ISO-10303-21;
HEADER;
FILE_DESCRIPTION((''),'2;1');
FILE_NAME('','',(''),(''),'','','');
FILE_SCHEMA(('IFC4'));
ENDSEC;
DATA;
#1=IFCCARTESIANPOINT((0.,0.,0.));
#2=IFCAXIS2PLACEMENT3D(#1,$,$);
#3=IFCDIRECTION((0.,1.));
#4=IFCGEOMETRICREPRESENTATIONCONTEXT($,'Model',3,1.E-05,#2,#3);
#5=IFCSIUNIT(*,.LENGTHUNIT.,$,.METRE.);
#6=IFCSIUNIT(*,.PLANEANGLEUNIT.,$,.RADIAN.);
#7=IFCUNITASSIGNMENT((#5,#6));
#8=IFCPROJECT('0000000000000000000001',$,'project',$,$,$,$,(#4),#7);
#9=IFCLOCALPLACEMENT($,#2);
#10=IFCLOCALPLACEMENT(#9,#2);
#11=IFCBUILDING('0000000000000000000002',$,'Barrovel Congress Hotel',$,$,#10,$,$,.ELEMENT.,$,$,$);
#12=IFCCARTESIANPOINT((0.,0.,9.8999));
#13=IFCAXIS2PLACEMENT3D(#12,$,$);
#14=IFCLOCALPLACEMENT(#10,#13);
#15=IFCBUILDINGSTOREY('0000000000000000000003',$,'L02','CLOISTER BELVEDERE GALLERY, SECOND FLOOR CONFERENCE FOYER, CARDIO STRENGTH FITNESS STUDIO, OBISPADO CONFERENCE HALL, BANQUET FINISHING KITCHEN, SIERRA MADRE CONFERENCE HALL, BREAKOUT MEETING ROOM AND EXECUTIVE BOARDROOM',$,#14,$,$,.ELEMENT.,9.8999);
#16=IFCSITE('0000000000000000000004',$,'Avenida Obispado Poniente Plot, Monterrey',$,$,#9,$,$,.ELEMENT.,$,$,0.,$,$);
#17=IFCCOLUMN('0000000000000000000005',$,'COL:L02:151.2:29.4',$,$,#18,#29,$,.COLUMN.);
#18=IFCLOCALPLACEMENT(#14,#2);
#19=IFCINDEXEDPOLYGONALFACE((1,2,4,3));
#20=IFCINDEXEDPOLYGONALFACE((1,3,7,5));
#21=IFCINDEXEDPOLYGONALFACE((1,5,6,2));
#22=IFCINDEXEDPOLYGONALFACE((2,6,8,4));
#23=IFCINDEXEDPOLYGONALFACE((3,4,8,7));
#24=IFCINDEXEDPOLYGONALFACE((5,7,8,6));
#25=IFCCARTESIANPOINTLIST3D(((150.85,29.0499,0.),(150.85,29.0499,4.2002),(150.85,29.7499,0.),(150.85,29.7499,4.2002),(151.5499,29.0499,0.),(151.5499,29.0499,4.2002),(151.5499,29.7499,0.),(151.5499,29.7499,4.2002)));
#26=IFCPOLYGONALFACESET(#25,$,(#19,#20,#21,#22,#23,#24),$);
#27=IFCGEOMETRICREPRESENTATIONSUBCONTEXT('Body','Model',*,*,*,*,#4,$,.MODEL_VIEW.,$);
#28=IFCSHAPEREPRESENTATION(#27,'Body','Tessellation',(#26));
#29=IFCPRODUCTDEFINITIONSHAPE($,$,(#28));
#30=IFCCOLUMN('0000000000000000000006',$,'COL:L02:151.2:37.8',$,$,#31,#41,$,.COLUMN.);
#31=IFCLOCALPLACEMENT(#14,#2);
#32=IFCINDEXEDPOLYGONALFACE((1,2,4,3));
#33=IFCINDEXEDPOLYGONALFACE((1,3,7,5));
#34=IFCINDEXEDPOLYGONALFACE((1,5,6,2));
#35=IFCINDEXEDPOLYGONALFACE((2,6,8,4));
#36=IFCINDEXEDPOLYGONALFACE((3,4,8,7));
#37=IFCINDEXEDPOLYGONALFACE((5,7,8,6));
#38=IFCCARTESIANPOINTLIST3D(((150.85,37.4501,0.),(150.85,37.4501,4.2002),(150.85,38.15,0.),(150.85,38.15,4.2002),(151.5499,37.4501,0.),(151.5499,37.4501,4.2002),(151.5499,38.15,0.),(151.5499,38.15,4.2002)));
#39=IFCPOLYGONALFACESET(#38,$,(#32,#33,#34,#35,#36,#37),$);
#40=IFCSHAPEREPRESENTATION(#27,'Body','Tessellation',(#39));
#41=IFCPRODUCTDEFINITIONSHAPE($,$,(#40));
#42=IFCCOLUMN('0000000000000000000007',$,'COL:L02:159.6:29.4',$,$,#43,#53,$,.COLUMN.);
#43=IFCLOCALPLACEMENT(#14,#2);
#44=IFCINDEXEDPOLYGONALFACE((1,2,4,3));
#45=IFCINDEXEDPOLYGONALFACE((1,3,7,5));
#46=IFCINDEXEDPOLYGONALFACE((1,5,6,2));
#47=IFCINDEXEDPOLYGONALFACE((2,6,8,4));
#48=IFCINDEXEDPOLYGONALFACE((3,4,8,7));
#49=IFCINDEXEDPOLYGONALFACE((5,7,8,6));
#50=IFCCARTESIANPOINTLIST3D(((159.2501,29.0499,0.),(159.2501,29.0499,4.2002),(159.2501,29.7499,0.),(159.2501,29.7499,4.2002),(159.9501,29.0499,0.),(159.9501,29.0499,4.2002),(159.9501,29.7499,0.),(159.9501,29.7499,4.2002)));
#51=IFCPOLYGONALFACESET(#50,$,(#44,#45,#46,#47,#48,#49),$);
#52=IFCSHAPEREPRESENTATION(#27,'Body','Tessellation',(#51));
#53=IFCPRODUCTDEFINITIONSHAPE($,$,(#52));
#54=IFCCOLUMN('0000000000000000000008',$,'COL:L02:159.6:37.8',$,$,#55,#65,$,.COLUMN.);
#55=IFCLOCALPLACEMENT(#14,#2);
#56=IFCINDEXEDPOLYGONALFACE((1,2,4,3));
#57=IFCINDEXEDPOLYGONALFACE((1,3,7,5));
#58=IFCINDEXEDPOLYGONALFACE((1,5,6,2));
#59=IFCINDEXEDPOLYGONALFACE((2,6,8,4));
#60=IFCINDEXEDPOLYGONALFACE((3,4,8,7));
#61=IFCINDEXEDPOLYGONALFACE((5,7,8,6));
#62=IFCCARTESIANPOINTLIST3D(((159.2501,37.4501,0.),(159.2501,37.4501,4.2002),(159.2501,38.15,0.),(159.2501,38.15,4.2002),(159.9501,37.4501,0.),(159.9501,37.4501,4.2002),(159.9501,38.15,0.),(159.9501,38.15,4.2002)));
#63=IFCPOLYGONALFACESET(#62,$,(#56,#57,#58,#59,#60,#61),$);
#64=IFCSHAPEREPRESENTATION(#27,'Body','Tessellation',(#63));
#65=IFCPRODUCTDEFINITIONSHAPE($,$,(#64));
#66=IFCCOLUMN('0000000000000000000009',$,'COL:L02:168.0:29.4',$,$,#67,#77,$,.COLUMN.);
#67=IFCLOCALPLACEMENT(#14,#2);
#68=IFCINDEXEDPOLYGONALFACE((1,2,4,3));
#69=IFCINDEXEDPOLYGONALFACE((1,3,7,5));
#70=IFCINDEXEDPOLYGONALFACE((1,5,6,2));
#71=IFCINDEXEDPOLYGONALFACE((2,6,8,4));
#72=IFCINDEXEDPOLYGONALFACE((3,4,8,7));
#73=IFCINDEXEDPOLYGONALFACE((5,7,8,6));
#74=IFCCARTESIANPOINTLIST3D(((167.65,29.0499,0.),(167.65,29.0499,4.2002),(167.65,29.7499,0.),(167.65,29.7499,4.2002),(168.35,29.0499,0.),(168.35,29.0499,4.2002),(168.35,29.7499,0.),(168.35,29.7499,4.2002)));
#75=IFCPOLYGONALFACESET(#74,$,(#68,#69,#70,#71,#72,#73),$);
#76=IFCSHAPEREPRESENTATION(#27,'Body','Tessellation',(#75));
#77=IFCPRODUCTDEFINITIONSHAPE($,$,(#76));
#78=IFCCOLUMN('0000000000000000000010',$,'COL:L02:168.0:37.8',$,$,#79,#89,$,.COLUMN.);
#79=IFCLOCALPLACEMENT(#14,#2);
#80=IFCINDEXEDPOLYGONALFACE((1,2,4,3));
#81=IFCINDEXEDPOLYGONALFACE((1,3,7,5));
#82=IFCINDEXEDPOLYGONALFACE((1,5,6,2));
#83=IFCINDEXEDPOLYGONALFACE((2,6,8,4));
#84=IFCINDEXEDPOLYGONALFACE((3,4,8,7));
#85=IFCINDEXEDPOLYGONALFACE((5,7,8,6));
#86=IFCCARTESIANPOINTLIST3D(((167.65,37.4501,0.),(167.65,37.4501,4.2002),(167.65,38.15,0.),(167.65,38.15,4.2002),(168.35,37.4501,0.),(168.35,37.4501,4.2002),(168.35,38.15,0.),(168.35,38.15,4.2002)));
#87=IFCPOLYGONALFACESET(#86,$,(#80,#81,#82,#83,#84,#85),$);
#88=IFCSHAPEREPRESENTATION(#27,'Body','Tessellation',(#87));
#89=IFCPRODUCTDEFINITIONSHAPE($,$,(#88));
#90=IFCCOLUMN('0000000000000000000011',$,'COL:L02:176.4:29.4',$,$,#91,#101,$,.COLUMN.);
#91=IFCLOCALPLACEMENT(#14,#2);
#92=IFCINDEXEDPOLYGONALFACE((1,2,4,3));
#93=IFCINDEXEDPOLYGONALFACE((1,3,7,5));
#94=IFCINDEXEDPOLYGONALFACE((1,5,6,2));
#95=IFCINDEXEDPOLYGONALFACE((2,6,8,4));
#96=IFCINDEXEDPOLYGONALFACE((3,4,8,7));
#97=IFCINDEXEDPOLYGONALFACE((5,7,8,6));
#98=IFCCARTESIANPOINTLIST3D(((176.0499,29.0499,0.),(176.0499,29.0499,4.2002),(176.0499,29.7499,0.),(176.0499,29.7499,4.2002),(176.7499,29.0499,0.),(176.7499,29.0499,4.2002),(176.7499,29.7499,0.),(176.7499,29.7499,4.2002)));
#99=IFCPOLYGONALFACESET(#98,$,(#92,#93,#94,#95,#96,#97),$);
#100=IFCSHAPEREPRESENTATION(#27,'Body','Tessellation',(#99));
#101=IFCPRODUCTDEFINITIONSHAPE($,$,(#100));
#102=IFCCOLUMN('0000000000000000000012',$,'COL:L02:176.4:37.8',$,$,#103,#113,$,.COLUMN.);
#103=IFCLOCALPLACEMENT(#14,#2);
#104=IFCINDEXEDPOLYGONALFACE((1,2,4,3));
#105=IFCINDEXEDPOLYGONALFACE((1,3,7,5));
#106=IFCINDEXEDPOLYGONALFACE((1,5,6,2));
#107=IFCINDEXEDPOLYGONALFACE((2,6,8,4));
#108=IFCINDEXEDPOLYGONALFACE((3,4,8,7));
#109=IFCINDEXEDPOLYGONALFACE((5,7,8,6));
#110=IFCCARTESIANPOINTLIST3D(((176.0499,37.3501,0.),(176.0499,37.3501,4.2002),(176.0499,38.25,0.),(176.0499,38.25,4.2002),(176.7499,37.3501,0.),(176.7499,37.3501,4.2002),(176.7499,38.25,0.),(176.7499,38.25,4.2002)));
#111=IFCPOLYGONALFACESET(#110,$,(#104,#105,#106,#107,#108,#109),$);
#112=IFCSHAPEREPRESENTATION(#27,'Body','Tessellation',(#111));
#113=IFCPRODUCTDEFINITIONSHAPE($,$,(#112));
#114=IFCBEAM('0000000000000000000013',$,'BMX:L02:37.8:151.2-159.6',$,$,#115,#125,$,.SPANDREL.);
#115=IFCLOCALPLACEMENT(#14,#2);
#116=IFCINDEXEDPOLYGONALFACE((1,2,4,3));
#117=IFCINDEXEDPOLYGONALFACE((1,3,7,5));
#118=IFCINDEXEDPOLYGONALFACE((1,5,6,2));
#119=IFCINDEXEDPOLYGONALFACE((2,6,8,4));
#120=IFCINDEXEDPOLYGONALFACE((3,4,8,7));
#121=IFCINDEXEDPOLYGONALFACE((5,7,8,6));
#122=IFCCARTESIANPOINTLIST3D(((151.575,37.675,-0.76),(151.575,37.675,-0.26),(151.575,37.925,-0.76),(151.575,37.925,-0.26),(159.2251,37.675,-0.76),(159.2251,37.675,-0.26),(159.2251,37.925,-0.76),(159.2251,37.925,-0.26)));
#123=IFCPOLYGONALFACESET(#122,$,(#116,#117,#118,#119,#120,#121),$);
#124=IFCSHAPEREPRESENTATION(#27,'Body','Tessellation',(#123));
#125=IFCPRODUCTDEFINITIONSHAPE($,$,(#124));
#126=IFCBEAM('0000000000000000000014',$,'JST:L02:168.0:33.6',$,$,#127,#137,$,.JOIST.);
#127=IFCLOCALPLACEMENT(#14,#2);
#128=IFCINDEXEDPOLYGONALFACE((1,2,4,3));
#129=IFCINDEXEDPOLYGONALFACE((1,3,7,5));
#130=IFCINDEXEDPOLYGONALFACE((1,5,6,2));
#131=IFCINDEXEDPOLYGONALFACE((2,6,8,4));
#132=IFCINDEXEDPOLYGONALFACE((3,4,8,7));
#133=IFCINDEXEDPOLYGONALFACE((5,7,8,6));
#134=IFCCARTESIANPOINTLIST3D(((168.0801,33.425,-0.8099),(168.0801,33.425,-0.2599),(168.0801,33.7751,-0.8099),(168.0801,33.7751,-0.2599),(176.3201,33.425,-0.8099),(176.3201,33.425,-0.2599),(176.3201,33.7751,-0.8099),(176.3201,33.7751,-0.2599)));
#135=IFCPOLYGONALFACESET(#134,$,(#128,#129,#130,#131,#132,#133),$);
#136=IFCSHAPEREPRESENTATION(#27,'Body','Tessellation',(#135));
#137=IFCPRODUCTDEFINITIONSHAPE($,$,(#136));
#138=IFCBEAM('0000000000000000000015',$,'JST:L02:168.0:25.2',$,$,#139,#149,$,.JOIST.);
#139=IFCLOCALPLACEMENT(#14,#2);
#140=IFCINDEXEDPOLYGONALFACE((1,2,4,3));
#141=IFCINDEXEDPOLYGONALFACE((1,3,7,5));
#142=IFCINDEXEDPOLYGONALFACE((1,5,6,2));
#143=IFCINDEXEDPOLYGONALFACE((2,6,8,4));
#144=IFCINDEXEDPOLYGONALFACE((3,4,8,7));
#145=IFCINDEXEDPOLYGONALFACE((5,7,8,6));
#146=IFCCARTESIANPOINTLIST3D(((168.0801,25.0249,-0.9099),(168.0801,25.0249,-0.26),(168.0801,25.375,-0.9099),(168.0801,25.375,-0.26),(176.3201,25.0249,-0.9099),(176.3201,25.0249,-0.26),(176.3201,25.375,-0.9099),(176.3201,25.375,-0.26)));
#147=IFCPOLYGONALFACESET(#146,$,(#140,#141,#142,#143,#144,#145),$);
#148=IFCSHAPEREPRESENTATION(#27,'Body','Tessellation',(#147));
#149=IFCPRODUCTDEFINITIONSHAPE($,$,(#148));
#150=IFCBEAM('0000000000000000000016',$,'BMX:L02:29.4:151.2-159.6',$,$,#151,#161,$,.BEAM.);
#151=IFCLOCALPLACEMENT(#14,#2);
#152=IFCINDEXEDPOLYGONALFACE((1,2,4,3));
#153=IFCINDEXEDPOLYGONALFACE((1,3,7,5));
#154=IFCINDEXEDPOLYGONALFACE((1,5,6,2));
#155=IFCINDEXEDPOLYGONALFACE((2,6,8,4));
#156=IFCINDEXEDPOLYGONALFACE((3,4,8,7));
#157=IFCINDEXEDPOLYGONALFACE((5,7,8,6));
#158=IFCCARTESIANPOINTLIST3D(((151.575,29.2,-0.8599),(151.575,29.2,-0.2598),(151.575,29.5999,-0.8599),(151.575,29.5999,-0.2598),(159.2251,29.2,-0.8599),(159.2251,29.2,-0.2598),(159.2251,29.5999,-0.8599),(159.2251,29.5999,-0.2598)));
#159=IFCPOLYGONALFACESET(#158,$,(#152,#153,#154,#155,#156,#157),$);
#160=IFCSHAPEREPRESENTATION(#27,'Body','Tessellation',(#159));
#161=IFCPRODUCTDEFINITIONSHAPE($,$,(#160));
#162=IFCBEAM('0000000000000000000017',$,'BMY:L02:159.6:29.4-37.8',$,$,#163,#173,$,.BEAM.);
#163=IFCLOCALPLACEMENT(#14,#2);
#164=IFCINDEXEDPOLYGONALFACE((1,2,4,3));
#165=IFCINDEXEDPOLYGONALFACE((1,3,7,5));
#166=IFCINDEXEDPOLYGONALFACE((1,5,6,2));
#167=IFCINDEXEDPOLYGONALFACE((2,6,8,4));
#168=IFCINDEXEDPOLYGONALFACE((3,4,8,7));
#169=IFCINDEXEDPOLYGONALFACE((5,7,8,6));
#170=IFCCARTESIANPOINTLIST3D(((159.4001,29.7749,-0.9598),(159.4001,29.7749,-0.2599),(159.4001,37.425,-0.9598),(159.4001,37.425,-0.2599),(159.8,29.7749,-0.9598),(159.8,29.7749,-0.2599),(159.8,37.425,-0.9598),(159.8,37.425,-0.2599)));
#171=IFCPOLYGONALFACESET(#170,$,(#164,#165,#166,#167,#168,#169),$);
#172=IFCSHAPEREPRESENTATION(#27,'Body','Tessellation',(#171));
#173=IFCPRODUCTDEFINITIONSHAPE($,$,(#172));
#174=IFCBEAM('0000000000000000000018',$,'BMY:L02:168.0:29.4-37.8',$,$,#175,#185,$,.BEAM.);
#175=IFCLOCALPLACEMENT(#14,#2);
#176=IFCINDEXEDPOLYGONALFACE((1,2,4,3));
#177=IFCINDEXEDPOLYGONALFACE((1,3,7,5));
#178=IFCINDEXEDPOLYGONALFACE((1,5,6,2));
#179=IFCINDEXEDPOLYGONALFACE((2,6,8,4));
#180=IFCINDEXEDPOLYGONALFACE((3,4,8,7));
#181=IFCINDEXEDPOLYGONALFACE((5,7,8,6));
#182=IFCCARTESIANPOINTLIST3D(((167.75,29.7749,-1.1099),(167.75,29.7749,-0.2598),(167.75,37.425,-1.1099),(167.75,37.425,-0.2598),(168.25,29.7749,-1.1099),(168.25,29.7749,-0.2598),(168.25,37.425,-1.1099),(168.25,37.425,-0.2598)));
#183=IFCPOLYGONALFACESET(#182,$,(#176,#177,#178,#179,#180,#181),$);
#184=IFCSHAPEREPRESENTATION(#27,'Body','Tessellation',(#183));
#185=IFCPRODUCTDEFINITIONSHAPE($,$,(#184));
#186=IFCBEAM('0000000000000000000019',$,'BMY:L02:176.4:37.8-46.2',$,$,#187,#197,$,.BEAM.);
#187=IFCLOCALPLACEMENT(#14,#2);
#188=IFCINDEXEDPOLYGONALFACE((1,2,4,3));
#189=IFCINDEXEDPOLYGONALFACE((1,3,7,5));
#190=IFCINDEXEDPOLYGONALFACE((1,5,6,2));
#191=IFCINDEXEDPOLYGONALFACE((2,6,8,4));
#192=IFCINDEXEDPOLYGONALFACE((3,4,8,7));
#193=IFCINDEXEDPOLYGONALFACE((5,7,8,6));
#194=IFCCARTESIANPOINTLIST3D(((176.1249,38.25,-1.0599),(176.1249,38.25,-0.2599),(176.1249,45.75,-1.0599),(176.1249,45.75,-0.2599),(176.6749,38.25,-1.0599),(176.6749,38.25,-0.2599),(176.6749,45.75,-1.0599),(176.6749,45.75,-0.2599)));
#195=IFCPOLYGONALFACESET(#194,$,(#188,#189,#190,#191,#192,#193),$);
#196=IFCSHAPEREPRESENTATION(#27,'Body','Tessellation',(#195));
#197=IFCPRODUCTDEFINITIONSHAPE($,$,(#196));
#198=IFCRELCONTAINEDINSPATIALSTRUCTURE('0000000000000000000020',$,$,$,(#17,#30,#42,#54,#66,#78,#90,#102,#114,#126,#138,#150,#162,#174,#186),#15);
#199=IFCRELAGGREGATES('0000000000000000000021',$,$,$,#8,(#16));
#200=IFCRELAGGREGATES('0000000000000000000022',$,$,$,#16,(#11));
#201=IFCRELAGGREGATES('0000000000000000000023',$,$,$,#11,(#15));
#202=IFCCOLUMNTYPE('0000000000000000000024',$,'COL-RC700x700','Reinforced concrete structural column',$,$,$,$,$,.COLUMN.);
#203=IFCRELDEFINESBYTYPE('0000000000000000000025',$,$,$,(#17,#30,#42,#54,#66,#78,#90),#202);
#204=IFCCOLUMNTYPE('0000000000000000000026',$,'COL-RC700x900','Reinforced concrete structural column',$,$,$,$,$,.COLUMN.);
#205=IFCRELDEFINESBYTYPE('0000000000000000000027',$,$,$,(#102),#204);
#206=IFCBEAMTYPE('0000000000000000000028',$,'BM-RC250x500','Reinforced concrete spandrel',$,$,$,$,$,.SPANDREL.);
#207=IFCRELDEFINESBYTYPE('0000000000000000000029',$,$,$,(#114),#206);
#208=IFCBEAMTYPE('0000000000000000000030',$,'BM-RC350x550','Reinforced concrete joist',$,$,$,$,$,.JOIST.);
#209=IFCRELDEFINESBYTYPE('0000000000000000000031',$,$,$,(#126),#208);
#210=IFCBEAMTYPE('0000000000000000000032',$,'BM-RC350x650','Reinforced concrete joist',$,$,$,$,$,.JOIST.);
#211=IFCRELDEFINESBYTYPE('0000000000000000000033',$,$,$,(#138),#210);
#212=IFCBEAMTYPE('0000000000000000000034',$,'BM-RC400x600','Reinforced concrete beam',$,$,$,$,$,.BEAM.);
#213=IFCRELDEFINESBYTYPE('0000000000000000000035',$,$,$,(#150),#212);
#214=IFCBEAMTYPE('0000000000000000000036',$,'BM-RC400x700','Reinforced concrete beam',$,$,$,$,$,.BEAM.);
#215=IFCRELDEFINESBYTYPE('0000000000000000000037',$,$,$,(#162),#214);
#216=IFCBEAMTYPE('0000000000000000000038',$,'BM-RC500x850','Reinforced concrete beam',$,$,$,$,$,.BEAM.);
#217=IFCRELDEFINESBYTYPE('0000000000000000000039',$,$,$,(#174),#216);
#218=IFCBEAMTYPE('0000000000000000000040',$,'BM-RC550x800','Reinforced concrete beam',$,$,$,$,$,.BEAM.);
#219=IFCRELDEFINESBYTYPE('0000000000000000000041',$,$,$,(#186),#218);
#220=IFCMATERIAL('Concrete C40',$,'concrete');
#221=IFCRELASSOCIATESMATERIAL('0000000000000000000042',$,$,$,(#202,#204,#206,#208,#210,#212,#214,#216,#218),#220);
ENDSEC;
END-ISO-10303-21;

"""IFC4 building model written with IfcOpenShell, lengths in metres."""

from ifc_helpers import new_model, si_unit, direction, frame, origin, origin_2d, place, context, subcontext, project, spatial, rectangle, extrude, material, material_profile, profile_set, type_object, element, save


model = new_model("IFC4")

# Units and contexts
model_context = context("Model", 3, precision=1e-05, world=origin(), true_north=direction((0.0, 1.0)))
body_context = subcontext(model_context, "Body", "Model", "MODEL_VIEW")
ifc_project = project(units=[si_unit("LENGTHUNIT", "METRE"), si_unit("PLANEANGLEUNIT", "RADIAN")], contexts=[model_context])

# Site, building, storey
site_placement = place(None, origin())
site = spatial("IfcSite", under=ifc_project, at=site_placement, Name="Avenida Obispado Poniente Plot, Monterrey", CompositionType="ELEMENT", RefElevation=0.0)
building_placement = place(site_placement, origin())
building = spatial("IfcBuilding", under=site, at=building_placement, Name="Barrovel Congress Hotel", CompositionType="ELEMENT")
storey_placement = place(building_placement, frame((0.0, 0.0, 9.8999)))
storey = spatial("IfcBuildingStorey", under=building, at=storey_placement, Name="L02", Description="CLOISTER BELVEDERE GALLERY, SECOND FLOOR CONFERENCE FOYER, CARDIO STRENGTH FITNESS STUDIO, OBISPADO CONFERENCE HALL, BANQUET FINISHING KITCHEN, SIERRA MADRE CONFERENCE HALL, BREAKOUT MEETING ROOM AND EXECUTIVE BOARDROOM", CompositionType="ELEMENT", Elevation=9.8999)

# Columns
ifc_material_1 = material(Name="Concrete C40", Category="concrete")
ifc_material_profile_1 = material_profile(ifc_material_1, rectangle(XDim=0.7, YDim=0.7, at=origin_2d()), Name="RC700x700")
ifc_profile_set_1 = profile_set([ifc_material_profile_1], Name="Concrete C40")
column_type_1 = type_object("IfcColumnType", Name="COL-RC700x700", Description="Reinforced concrete structural column", PredefinedType="COLUMN", material=ifc_profile_set_1)
for number, where, z_axis, x_axis, name in (
    (1, (151.2, 29.3999, 0.0), (0.0, 0.0, 1.0), (1.0, 0.0, 0.0), "COL:L02:151.2:29.4"),
    (2, (151.2, 37.8, 0.0), (0.0, 0.0, 1.0), (1.0, 0.0, 0.0), "COL:L02:151.2:37.8"),
    (3, (159.6001, 29.3999, 0.0), (0.0, 0.0, 1.0), (1.0, 0.0, 0.0), "COL:L02:159.6:29.4"),
    (4, (159.6001, 37.8, 0.0), (0.0, 0.0, 1.0), (1.0, 0.0, 0.0), "COL:L02:159.6:37.8"),
    (5, (168.0, 29.3999, 0.0), (0.0, 0.0, 1.0), (1.0, 0.0, 0.0), "COL:L02:168.0:29.4"),
    (6, (168.0, 37.8, 0.0), (0.0, 0.0, 1.0), (1.0, 0.0, 0.0), "COL:L02:168.0:37.8"),
    (7, (176.3999, 29.3999, 0.0), (0.0, 0.0, 1.0), (1.0, 0.0, 0.0), "COL:L02:176.4:29.4"),
):
    element("IfcColumn", number, at=place(storey_placement, frame(where, z_axis=z_axis, x_axis=x_axis)), inside=storey, type_object=column_type_1, Name=name, PredefinedType="COLUMN", context=body_context, shape_type="SweptSolid", body=[
        extrude(rectangle(XDim=0.7, YDim=0.7, at=origin_2d()), origin(), (0.0, 0.0, 1.0), 4.2002),
    ])
ifc_material_profile_2 = material_profile(ifc_material_1, rectangle(XDim=0.7, YDim=0.8999, at=origin_2d()), Name="RC700x900")
ifc_profile_set_2 = profile_set([ifc_material_profile_2], Name="Concrete C40")
column_type_2 = type_object("IfcColumnType", Name="COL-RC700x900", Description="Reinforced concrete structural column", PredefinedType="COLUMN", material=ifc_profile_set_2)
column_placement = place(storey_placement, frame((176.3999, 37.8, 0.0), z_axis=(0.0, 0.0, 1.0), x_axis=(1.0, 0.0, 0.0)))
element("IfcColumn", 8, at=column_placement, inside=storey, type_object=column_type_2, Name="COL:L02:176.4:37.8", PredefinedType="COLUMN", context=body_context, shape_type="SweptSolid", body=[
    extrude(rectangle(XDim=0.7, YDim=0.8999, at=origin_2d()), origin(), (0.0, 0.0, 1.0), 4.2002),
])

# Beams
ifc_material_profile_3 = material_profile(ifc_material_1, rectangle(XDim=0.25, YDim=0.5, at=origin_2d()), Name="RC250x500")
ifc_profile_set_3 = profile_set([ifc_material_profile_3], Name="Concrete C40")
beam_type_1 = type_object("IfcBeamType", Name="BM-RC250x500", Description="Reinforced concrete spandrel", PredefinedType="SPANDREL", material=ifc_profile_set_3)
beam_1_placement = place(storey_placement, frame((151.575, 37.8, -0.51), z_axis=(1.0, 0.0, 0.0), x_axis=(0.0, 1.0, 0.0)))
element("IfcBeam", 9, at=beam_1_placement, inside=storey, type_object=beam_type_1, Name="BMX:L02:37.8:151.2-159.6", PredefinedType="SPANDREL", context=body_context, shape_type="SweptSolid", body=[
    extrude(rectangle(XDim=0.25, YDim=0.5, at=origin_2d()), origin(), (0.0, 0.0, 1.0), 7.6501),
])
ifc_material_profile_4 = material_profile(ifc_material_1, rectangle(XDim=0.3501, YDim=0.55, at=origin_2d()), Name="RC350x550")
ifc_profile_set_4 = profile_set([ifc_material_profile_4], Name="Concrete C40")
beam_type_2 = type_object("IfcBeamType", Name="BM-RC350x550", Description="Reinforced concrete joist", PredefinedType="JOIST", material=ifc_profile_set_4)
beam_2_placement = place(storey_placement, frame((168.0801, 33.6001, -0.5349), z_axis=(1.0, 0.0, 0.0), x_axis=(0.0, 1.0, 0.0)))
element("IfcBeam", 10, at=beam_2_placement, inside=storey, type_object=beam_type_2, Name="JST:L02:168.0:33.6", PredefinedType="JOIST", context=body_context, shape_type="SweptSolid", body=[
    extrude(rectangle(XDim=0.3501, YDim=0.55, at=origin_2d()), origin(), (0.0, 0.0, 1.0), 8.24),
])
ifc_material_profile_5 = material_profile(ifc_material_1, rectangle(XDim=0.3501, YDim=0.6499, at=origin_2d()), Name="RC350x650")
ifc_profile_set_5 = profile_set([ifc_material_profile_5], Name="Concrete C40")
beam_type_3 = type_object("IfcBeamType", Name="BM-RC350x650", Description="Reinforced concrete joist", PredefinedType="JOIST", material=ifc_profile_set_5)
beam_3_placement = place(storey_placement, frame((168.0801, 25.2, -0.585), z_axis=(1.0, 0.0, 0.0), x_axis=(0.0, 1.0, 0.0)))
element("IfcBeam", 11, at=beam_3_placement, inside=storey, type_object=beam_type_3, Name="JST:L02:168.0:25.2", PredefinedType="JOIST", context=body_context, shape_type="SweptSolid", body=[
    extrude(rectangle(XDim=0.3501, YDim=0.6499, at=origin_2d()), origin(), (0.0, 0.0, 1.0), 8.24),
])
ifc_material_profile_6 = material_profile(ifc_material_1, rectangle(XDim=0.3999, YDim=0.6001, at=origin_2d()), Name="RC400x600")
ifc_profile_set_6 = profile_set([ifc_material_profile_6], Name="Concrete C40")
beam_type_4 = type_object("IfcBeamType", Name="BM-RC400x600", Description="Reinforced concrete beam", PredefinedType="BEAM", material=ifc_profile_set_6)
beam_4_placement = place(storey_placement, frame((151.575, 29.3999, -0.5598), z_axis=(1.0, 0.0, 0.0), x_axis=(0.0, 1.0, 0.0)))
element("IfcBeam", 12, at=beam_4_placement, inside=storey, type_object=beam_type_4, Name="BMX:L02:29.4:151.2-159.6", PredefinedType="BEAM", context=body_context, shape_type="SweptSolid", body=[
    extrude(rectangle(XDim=0.3999, YDim=0.6001, at=origin_2d()), origin(), (0.0, 0.0, 1.0), 7.6501),
])
ifc_material_profile_7 = material_profile(ifc_material_1, rectangle(XDim=0.3999, YDim=0.7, at=origin_2d()), Name="RC400x700")
ifc_profile_set_7 = profile_set([ifc_material_profile_7], Name="Concrete C40")
beam_type_5 = type_object("IfcBeamType", Name="BM-RC400x700", Description="Reinforced concrete beam", PredefinedType="BEAM", material=ifc_profile_set_7)
beam_5_placement = place(storey_placement, frame((159.6001, 29.7749, -0.6099), z_axis=(0.0, 1.0, 0.0), x_axis=(-1.0, 0.0, 0.0)))
element("IfcBeam", 13, at=beam_5_placement, inside=storey, type_object=beam_type_5, Name="BMY:L02:159.6:29.4-37.8", PredefinedType="BEAM", context=body_context, shape_type="SweptSolid", body=[
    extrude(rectangle(XDim=0.3999, YDim=0.7, at=origin_2d()), origin(), (0.0, 0.0, 1.0), 7.6501),
])
ifc_material_profile_8 = material_profile(ifc_material_1, rectangle(XDim=0.5, YDim=0.8501, at=origin_2d()), Name="RC500x850")
ifc_profile_set_8 = profile_set([ifc_material_profile_8], Name="Concrete C40")
beam_type_6 = type_object("IfcBeamType", Name="BM-RC500x850", Description="Reinforced concrete beam", PredefinedType="BEAM", material=ifc_profile_set_8)
beam_6_placement = place(storey_placement, frame((168.0, 29.7749, -0.6848), z_axis=(0.0, 1.0, 0.0), x_axis=(-1.0, 0.0, 0.0)))
element("IfcBeam", 14, at=beam_6_placement, inside=storey, type_object=beam_type_6, Name="BMY:L02:168.0:29.4-37.8", PredefinedType="BEAM", context=body_context, shape_type="SweptSolid", body=[
    extrude(rectangle(XDim=0.5, YDim=0.8501, at=origin_2d()), origin(), (0.0, 0.0, 1.0), 7.6501),
])
ifc_material_profile_9 = material_profile(ifc_material_1, rectangle(XDim=0.55, YDim=0.8, at=origin_2d()), Name="RC550x800")
ifc_profile_set_9 = profile_set([ifc_material_profile_9], Name="Concrete C40")
beam_type_7 = type_object("IfcBeamType", Name="BM-RC550x800", Description="Reinforced concrete beam", PredefinedType="BEAM", material=ifc_profile_set_9)
beam_7_placement = place(storey_placement, frame((176.3999, 38.25, -0.6599), z_axis=(0.0, 1.0, 0.0), x_axis=(-1.0, 0.0, 0.0)))
element("IfcBeam", 15, at=beam_7_placement, inside=storey, type_object=beam_type_7, Name="BMY:L02:176.4:37.8-46.2", PredefinedType="BEAM", context=body_context, shape_type="SweptSolid", body=[
    extrude(rectangle(XDim=0.55, YDim=0.8, at=origin_2d()), origin(), (0.0, 0.0, 1.0), 7.5),
])

save(model, "model.ifc")
